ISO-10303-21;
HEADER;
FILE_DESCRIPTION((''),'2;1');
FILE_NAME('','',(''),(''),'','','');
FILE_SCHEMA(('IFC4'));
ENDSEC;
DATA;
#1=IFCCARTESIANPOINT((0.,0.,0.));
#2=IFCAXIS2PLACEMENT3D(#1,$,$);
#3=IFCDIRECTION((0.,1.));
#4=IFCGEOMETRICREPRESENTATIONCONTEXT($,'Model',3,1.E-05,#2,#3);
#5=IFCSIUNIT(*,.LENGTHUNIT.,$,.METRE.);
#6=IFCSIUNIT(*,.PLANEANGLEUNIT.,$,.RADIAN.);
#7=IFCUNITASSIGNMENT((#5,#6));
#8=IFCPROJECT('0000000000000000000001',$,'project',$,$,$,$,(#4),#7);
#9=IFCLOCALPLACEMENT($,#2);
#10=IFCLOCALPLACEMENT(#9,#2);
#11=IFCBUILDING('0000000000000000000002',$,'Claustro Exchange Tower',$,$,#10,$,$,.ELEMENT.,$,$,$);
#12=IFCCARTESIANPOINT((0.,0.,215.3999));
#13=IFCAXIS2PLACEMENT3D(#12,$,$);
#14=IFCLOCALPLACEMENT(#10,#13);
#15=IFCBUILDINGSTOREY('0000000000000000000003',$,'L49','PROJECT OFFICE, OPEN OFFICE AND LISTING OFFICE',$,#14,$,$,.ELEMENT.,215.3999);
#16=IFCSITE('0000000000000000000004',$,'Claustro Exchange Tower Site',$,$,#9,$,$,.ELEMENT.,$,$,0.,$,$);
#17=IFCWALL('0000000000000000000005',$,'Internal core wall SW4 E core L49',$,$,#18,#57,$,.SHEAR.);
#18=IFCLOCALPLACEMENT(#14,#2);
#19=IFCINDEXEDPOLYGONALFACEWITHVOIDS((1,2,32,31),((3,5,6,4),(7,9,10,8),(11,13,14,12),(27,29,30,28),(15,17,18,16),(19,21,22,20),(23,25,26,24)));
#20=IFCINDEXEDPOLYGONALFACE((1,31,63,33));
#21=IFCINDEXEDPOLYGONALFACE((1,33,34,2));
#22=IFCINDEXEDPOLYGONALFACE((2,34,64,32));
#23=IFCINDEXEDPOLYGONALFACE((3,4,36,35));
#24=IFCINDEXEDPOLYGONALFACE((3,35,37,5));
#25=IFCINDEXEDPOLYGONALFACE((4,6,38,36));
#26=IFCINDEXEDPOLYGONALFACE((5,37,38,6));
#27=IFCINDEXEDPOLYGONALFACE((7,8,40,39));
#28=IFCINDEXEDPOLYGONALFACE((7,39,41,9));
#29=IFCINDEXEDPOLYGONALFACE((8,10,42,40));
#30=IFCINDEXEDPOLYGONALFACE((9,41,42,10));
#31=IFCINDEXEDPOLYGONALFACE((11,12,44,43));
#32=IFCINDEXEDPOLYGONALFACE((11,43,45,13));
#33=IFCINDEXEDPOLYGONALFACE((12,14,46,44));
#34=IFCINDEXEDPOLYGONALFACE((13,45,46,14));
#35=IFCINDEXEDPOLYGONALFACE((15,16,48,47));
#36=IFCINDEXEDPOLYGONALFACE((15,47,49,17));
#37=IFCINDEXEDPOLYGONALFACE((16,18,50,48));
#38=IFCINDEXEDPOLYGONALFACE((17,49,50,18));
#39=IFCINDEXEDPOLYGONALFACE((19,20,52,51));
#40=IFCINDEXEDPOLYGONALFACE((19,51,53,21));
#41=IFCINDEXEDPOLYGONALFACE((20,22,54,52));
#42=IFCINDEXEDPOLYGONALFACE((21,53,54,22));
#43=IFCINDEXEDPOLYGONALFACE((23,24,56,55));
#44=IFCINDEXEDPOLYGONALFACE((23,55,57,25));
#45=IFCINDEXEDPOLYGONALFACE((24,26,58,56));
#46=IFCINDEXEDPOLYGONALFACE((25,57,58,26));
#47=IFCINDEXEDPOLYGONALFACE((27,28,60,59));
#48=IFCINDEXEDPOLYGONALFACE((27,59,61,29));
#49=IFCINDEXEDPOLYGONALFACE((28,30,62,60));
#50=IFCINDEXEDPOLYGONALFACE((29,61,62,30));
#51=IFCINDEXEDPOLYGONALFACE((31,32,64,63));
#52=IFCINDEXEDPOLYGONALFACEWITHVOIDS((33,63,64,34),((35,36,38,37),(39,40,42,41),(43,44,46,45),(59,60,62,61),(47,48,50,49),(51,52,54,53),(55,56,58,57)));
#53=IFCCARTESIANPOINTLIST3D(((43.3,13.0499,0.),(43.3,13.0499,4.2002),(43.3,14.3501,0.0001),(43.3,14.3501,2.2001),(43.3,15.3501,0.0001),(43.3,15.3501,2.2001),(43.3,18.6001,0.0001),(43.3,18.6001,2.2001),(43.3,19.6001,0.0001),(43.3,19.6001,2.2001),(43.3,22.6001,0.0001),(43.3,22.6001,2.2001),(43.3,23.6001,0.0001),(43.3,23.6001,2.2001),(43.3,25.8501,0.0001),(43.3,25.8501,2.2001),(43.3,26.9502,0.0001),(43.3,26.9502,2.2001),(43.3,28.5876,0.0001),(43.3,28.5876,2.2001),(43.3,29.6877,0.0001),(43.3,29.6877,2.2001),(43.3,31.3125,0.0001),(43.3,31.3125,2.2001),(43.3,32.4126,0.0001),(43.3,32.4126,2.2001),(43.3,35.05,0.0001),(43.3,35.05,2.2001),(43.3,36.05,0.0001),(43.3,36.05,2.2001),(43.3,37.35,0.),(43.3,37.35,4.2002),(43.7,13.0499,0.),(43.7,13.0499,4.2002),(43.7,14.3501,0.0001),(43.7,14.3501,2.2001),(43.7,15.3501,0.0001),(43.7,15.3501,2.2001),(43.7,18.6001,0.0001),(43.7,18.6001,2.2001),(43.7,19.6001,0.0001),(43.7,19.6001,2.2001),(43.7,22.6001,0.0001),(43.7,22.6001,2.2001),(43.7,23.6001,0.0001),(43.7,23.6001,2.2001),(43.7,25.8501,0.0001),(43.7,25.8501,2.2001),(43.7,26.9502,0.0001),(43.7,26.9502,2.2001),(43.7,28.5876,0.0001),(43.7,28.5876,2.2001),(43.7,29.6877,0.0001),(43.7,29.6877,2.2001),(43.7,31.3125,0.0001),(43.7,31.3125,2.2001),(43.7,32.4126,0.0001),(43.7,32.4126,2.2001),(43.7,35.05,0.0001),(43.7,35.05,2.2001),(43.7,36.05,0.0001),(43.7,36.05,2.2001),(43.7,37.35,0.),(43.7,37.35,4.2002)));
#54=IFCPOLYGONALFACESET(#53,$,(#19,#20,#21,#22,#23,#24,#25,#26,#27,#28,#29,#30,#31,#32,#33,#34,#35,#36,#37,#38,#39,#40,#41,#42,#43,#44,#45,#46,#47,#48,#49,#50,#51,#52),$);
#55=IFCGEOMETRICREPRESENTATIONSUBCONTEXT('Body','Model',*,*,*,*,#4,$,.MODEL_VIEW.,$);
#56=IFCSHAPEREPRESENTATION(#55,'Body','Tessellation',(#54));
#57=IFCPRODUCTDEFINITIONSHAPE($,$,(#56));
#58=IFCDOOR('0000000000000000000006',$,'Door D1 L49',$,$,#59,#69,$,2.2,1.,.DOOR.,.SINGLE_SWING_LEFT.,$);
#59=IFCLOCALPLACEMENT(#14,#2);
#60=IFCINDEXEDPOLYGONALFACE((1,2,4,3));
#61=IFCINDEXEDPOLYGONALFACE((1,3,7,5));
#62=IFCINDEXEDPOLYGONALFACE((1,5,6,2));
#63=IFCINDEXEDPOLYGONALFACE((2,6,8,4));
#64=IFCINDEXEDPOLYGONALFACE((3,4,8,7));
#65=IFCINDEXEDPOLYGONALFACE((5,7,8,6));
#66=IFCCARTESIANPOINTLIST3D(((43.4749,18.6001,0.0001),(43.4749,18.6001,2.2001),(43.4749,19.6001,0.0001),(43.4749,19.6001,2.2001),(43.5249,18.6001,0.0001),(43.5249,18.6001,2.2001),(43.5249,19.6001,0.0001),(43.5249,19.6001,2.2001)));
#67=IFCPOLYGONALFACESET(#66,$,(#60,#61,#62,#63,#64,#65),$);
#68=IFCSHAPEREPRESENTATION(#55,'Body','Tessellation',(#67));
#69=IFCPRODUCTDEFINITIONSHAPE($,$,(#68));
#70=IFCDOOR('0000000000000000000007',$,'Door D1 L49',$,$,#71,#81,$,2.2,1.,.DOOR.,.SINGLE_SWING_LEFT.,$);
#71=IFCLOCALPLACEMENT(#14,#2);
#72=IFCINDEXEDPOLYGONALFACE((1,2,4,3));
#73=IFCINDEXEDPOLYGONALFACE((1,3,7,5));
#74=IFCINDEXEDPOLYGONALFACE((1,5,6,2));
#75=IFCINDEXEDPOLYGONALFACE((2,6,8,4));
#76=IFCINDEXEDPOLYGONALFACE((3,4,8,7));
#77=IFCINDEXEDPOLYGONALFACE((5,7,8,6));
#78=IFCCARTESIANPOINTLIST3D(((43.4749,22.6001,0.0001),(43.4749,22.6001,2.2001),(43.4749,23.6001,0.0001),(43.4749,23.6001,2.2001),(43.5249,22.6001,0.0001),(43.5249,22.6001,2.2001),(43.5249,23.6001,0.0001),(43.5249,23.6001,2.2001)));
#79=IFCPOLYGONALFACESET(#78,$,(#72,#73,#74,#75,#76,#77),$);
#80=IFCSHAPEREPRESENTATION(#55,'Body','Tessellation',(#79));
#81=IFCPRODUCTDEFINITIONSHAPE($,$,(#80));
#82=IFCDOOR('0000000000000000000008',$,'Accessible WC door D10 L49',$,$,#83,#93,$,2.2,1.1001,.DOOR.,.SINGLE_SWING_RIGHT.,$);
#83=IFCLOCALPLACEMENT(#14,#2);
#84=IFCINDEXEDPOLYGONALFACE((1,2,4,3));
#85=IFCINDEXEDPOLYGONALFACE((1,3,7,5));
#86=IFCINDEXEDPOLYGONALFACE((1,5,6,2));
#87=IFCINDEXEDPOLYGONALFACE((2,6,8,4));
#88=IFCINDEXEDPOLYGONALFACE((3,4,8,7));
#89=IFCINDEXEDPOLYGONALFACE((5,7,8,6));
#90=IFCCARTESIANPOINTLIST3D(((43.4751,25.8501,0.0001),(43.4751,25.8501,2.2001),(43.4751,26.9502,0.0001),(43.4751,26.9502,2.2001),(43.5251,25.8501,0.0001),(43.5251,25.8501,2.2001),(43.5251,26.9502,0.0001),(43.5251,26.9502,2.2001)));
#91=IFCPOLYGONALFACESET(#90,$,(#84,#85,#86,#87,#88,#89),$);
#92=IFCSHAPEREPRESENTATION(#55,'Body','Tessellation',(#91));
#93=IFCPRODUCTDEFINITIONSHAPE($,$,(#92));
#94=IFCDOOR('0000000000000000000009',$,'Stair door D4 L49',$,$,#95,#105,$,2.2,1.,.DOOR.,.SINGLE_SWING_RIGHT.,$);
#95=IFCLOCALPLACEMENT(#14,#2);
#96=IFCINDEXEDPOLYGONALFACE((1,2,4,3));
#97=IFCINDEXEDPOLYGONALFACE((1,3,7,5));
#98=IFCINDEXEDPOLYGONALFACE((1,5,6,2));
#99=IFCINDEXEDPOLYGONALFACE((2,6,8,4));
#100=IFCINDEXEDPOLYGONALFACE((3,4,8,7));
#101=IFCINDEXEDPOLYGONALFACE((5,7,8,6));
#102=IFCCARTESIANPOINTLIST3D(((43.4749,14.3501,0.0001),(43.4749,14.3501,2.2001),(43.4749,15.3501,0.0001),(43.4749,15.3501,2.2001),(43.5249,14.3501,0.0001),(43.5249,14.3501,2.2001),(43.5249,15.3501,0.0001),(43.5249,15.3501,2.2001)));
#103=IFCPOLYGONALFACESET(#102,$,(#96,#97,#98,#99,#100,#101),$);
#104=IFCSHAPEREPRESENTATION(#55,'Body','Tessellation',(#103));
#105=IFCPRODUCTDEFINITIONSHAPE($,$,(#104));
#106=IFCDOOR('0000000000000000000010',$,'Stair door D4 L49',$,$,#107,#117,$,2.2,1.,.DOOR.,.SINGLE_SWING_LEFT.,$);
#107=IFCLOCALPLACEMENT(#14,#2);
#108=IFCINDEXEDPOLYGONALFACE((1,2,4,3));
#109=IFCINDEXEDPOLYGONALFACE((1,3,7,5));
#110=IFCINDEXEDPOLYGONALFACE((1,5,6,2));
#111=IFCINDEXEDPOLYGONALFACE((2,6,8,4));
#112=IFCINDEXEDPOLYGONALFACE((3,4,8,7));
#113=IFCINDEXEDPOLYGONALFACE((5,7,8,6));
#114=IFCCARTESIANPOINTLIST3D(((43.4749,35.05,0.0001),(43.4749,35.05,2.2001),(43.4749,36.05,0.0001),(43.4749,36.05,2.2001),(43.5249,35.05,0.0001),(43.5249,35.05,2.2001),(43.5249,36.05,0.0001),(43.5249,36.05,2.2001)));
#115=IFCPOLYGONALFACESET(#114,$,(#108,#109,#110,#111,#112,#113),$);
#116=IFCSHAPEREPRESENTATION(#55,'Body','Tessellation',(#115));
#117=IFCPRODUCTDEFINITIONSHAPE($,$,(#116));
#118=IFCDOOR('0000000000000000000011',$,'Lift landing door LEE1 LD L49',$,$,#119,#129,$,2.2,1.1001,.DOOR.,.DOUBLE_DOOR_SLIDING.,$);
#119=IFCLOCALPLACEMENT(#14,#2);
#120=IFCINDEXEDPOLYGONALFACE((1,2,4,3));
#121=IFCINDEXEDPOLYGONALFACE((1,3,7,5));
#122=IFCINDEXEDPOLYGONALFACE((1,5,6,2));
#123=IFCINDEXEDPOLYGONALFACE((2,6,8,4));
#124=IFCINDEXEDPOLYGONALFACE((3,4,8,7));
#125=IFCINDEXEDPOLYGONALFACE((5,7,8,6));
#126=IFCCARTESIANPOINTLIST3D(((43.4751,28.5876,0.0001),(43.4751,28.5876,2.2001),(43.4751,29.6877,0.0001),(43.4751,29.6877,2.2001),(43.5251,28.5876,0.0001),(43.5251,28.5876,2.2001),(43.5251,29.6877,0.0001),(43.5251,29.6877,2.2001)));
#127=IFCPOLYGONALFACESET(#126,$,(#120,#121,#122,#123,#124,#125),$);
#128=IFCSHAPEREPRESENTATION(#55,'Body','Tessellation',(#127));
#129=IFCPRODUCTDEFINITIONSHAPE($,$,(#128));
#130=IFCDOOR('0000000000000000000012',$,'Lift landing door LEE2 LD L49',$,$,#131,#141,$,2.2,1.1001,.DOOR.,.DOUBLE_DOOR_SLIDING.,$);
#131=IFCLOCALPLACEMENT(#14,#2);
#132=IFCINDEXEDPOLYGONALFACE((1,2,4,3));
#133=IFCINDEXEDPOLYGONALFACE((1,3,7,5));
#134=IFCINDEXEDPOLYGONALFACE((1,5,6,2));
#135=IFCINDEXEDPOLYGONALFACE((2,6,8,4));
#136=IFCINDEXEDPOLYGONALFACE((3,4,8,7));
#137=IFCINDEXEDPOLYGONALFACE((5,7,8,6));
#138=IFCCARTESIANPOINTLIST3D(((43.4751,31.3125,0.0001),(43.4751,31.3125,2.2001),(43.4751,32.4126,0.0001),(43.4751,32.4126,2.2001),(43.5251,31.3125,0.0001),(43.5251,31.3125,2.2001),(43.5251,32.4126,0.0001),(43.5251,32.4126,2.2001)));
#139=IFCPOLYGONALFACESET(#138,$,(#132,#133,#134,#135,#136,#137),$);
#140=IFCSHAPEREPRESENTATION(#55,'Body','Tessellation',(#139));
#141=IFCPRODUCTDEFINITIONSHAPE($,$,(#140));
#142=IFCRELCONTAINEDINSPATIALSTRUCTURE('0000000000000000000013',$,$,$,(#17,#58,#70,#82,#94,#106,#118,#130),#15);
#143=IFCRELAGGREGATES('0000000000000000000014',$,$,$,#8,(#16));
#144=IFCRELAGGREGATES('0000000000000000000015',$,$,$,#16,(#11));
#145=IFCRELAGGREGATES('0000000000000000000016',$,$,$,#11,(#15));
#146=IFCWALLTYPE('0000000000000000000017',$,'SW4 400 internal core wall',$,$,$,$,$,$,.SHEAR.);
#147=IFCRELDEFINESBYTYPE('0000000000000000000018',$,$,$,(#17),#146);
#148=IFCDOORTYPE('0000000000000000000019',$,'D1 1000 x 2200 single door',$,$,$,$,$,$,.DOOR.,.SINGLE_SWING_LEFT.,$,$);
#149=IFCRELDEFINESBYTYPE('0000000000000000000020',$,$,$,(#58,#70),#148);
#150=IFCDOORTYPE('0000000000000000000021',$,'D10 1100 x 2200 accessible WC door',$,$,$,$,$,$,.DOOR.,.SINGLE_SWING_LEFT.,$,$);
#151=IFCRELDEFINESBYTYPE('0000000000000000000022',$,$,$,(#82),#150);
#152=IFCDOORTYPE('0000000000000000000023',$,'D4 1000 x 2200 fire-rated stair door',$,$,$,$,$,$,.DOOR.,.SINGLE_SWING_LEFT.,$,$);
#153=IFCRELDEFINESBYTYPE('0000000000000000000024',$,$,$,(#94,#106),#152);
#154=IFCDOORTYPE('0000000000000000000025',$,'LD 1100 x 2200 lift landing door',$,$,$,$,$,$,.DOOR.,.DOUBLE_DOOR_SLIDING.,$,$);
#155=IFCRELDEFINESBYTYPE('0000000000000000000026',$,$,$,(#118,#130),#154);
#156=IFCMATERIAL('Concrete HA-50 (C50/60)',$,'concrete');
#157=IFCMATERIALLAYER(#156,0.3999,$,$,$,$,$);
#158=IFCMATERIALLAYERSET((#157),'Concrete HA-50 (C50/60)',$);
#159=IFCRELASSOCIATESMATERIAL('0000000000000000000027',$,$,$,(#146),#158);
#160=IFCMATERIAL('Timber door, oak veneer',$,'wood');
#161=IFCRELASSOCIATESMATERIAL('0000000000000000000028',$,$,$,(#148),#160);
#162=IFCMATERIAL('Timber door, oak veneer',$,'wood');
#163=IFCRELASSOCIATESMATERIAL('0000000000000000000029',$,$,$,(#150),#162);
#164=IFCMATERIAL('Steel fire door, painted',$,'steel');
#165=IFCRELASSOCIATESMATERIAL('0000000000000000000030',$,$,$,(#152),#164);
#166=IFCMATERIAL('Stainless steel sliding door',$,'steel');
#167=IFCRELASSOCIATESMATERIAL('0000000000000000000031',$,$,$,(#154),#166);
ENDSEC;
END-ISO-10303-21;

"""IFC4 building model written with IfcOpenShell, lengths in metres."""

from ifc_helpers import new_model, si_unit, direction, frame, frame_2d, origin, place, context, subcontext, project, spatial, rectangle, extrude, material, layer, layer_set, type_object, element, fill, save


model = new_model("IFC4")

# Units and contexts
model_context = context("Model", 3, precision=1e-05, world=origin(), true_north=direction((0.0, 1.0)))
body_context = subcontext(model_context, "Body", "Model", "MODEL_VIEW")
ifc_project = project(units=[si_unit("LENGTHUNIT", "METRE"), si_unit("PLANEANGLEUNIT", "RADIAN")], contexts=[model_context])

# Site, building, storey
site_placement = place(None, origin())
site = spatial("IfcSite", under=ifc_project, at=site_placement, Name="Claustro Exchange Tower Site", CompositionType="ELEMENT", RefElevation=0.0)
building_placement = place(site_placement, origin())
building = spatial("IfcBuilding", under=site, at=building_placement, Name="Claustro Exchange Tower", CompositionType="ELEMENT")
storey_placement = place(building_placement, frame((0.0, 0.0, 215.3999)))
storey = spatial("IfcBuildingStorey", under=building, at=storey_placement, Name="L49", Description="PROJECT OFFICE, OPEN OFFICE AND LISTING OFFICE", CompositionType="ELEMENT", Elevation=215.3999)

# Wall, openings, doors
ifc_material_1 = material(Name="Concrete HA-50 (C50/60)", Category="concrete")
ifc_layer_1 = layer(ifc_material_1, 0.3999)
ifc_layer_set_1 = layer_set([ifc_layer_1], Name="Concrete HA-50 (C50/60)")
wall_type_1 = type_object("IfcWallType", Name="SW4 400 internal core wall", PredefinedType="SHEAR", material=ifc_layer_set_1)
wall_1_placement = place(storey_placement, frame((43.5, 13.05, 0.0), z_axis=(0.0, 0.0, 1.0), x_axis=(0.0, 1.0, 0.0)))
wall_1 = element("IfcWall", 1, at=wall_1_placement, inside=storey, type_object=wall_type_1, Name="Internal core wall SW4 E core L49", PredefinedType="SHEAR", context=body_context, shape_type="SweptSolid", body=[
    extrude(rectangle(XDim=24.3, YDim=0.3999, at=frame_2d((12.1499, 0.0))), origin(), (0.0, 0.0, 1.0), 4.2002),
])
opening_1_placement = place(wall_1_placement, frame((1.3, 0.0, 0.0)))
opening_1 = element("IfcOpeningElement", 2, at=opening_1_placement, cuts=wall_1, PredefinedType="OPENING", context=body_context, shape_type="SweptSolid", body=[
    extrude(rectangle(XDim=1.0, YDim=2.2, at=frame_2d((0.5, 1.1001))), frame((0.0, 0.21, 0.0), z_axis=(0.0, -1.0, 0.0), x_axis=(1.0, 0.0, 0.0)), (0.0, 0.0, 1.0), 0.4199),
])
opening_2_placement = place(wall_1_placement, frame((22.0, 0.0, 0.0)))
opening_2 = element("IfcOpeningElement", 3, at=opening_2_placement, cuts=wall_1, PredefinedType="OPENING", context=body_context, shape_type="SweptSolid", body=[
    extrude(rectangle(XDim=1.0, YDim=2.2, at=frame_2d((0.5, 1.1001))), frame((0.0, 0.21, 0.0), z_axis=(0.0, -1.0, 0.0), x_axis=(1.0, 0.0, 0.0)), (0.0, 0.0, 1.0), 0.4199),
])
opening_3_placement = place(wall_1_placement, frame((5.55, 0.0, 0.0)))
opening_3 = element("IfcOpeningElement", 4, at=opening_3_placement, cuts=wall_1, PredefinedType="OPENING", context=body_context, shape_type="SweptSolid", body=[
    extrude(rectangle(XDim=1.0, YDim=2.2, at=frame_2d((0.5, 1.1001))), frame((0.0, 0.21, 0.0), z_axis=(0.0, -1.0, 0.0), x_axis=(1.0, 0.0, 0.0)), (0.0, 0.0, 1.0), 0.4199),
])
opening_4_placement = place(wall_1_placement, frame((9.55, 0.0, 0.0)))
opening_4 = element("IfcOpeningElement", 5, at=opening_4_placement, cuts=wall_1, PredefinedType="OPENING", context=body_context, shape_type="SweptSolid", body=[
    extrude(rectangle(XDim=1.0, YDim=2.2, at=frame_2d((0.5, 1.1001))), frame((0.0, 0.21, 0.0), z_axis=(0.0, -1.0, 0.0), x_axis=(1.0, 0.0, 0.0)), (0.0, 0.0, 1.0), 0.4199),
])
opening_5_placement = place(wall_1_placement, frame((12.8, 0.0, 0.0)))
opening_5 = element("IfcOpeningElement", 6, at=opening_5_placement, cuts=wall_1, PredefinedType="OPENING", context=body_context, shape_type="SweptSolid", body=[
    extrude(rectangle(XDim=1.1001, YDim=2.2, at=frame_2d((0.55, 1.1001))), frame((0.0, 0.21, 0.0), z_axis=(0.0, -1.0, 0.0), x_axis=(1.0, 0.0, 0.0)), (0.0, 0.0, 1.0), 0.4199),
])
opening_6_placement = place(wall_1_placement, frame((15.5376, 0.0, 0.0)))
opening_6 = element("IfcOpeningElement", 7, at=opening_6_placement, cuts=wall_1, PredefinedType="OPENING", context=body_context, shape_type="SweptSolid", body=[
    extrude(rectangle(XDim=1.1001, YDim=2.2, at=frame_2d((0.55, 1.1001))), frame((0.0, 0.21, 0.0), z_axis=(0.0, -1.0, 0.0), x_axis=(1.0, 0.0, 0.0)), (0.0, 0.0, 1.0), 0.4199),
])
opening_7_placement = place(wall_1_placement, frame((18.2625, 0.0, 0.0)))
opening_7 = element("IfcOpeningElement", 8, at=opening_7_placement, cuts=wall_1, PredefinedType="OPENING", context=body_context, shape_type="SweptSolid", body=[
    extrude(rectangle(XDim=1.1001, YDim=2.2, at=frame_2d((0.55, 1.1001))), frame((0.0, 0.21, 0.0), z_axis=(0.0, -1.0, 0.0), x_axis=(1.0, 0.0, 0.0)), (0.0, 0.0, 1.0), 0.4199),
])
ifc_material_2 = material(Name="Timber door, oak veneer", Category="wood")
door_type_1 = type_object("IfcDoorType", Name="D1 1000 x 2200 single door", OperationType="SINGLE_SWING_LEFT", PredefinedType="DOOR", material=ifc_material_2)
door_1_placement = place(opening_3_placement, frame((1.0, 0.0, 0.0), z_axis=(0.0, 0.0, 1.0), x_axis=(-1.0, 0.0, 0.0)))
door_1 = element("IfcDoor", 9, at=door_1_placement, inside=storey, type_object=door_type_1, Name="Door D1 L49", OperationType="SINGLE_SWING_LEFT", OverallHeight=2.2, OverallWidth=1.0, PredefinedType="DOOR", context=body_context, shape_type="SweptSolid", body=[
    extrude(rectangle(XDim=1.0, YDim=2.2, at=frame_2d((0.5, 1.1001))), frame((0.0, 0.0249, 0.0), z_axis=(0.0, -1.0, 0.0), x_axis=(1.0, 0.0, 0.0)), (0.0, 0.0, 1.0), 0.05),
])
fill(opening_3, door_1)
door_2_placement = place(opening_4_placement, frame((1.0, 0.0, 0.0), z_axis=(0.0, 0.0, 1.0), x_axis=(-1.0, 0.0, 0.0)))
door_2 = element("IfcDoor", 10, at=door_2_placement, inside=storey, type_object=door_type_1, Name="Door D1 L49", OperationType="SINGLE_SWING_LEFT", OverallHeight=2.2, OverallWidth=1.0, PredefinedType="DOOR", context=body_context, shape_type="SweptSolid", body=[
    extrude(rectangle(XDim=1.0, YDim=2.2, at=frame_2d((0.5, 1.1001))), frame((0.0, 0.0249, 0.0), z_axis=(0.0, -1.0, 0.0), x_axis=(1.0, 0.0, 0.0)), (0.0, 0.0, 1.0), 0.05),
])
fill(opening_4, door_2)
ifc_material_3 = material(Name="Timber door, oak veneer", Category="wood")
door_type_2 = type_object("IfcDoorType", Name="D10 1100 x 2200 accessible WC door", OperationType="SINGLE_SWING_LEFT", PredefinedType="DOOR", material=ifc_material_3)
door_3_placement = place(opening_5_placement, origin())
door_3 = element("IfcDoor", 11, at=door_3_placement, inside=storey, type_object=door_type_2, Name="Accessible WC door D10 L49", OperationType="SINGLE_SWING_RIGHT", OverallHeight=2.2, OverallWidth=1.1001, PredefinedType="DOOR", context=body_context, shape_type="SweptSolid", body=[
    extrude(rectangle(XDim=1.1001, YDim=2.2, at=frame_2d((0.55, 1.1001))), frame((0.0, 0.0249, 0.0), z_axis=(0.0, -1.0, 0.0), x_axis=(1.0, 0.0, 0.0)), (0.0, 0.0, 1.0), 0.05),
])
fill(opening_5, door_3)
ifc_material_4 = material(Name="Steel fire door, painted", Category="steel")
door_type_3 = type_object("IfcDoorType", Name="D4 1000 x 2200 fire-rated stair door", OperationType="SINGLE_SWING_LEFT", PredefinedType="DOOR", material=ifc_material_4)
door_4_placement = place(opening_1_placement, frame((1.0, 0.0, 0.0), z_axis=(0.0, 0.0, 1.0), x_axis=(-1.0, 0.0, 0.0)))
door_4 = element("IfcDoor", 12, at=door_4_placement, inside=storey, type_object=door_type_3, Name="Stair door D4 L49", OperationType="SINGLE_SWING_RIGHT", OverallHeight=2.2, OverallWidth=1.0, PredefinedType="DOOR", context=body_context, shape_type="SweptSolid", body=[
    extrude(rectangle(XDim=1.0, YDim=2.2, at=frame_2d((0.5, 1.1001))), frame((0.0, 0.0249, 0.0), z_axis=(0.0, -1.0, 0.0), x_axis=(1.0, 0.0, 0.0)), (0.0, 0.0, 1.0), 0.05),
])
fill(opening_1, door_4)
door_5_placement = place(opening_2_placement, frame((1.0, 0.0, 0.0), z_axis=(0.0, 0.0, 1.0), x_axis=(-1.0, 0.0, 0.0)))
door_5 = element("IfcDoor", 13, at=door_5_placement, inside=storey, type_object=door_type_3, Name="Stair door D4 L49", OperationType="SINGLE_SWING_LEFT", OverallHeight=2.2, OverallWidth=1.0, PredefinedType="DOOR", context=body_context, shape_type="SweptSolid", body=[
    extrude(rectangle(XDim=1.0, YDim=2.2, at=frame_2d((0.5, 1.1001))), frame((0.0, 0.0249, 0.0), z_axis=(0.0, -1.0, 0.0), x_axis=(1.0, 0.0, 0.0)), (0.0, 0.0, 1.0), 0.05),
])
fill(opening_2, door_5)
ifc_material_5 = material(Name="Stainless steel sliding door", Category="steel")
door_type_4 = type_object("IfcDoorType", Name="LD 1100 x 2200 lift landing door", OperationType="DOUBLE_DOOR_SLIDING", PredefinedType="DOOR", material=ifc_material_5)
door_6_placement = place(opening_6_placement, origin())
door_6 = element("IfcDoor", 14, at=door_6_placement, inside=storey, type_object=door_type_4, Name="Lift landing door LEE1 LD L49", OperationType="DOUBLE_DOOR_SLIDING", OverallHeight=2.2, OverallWidth=1.1001, PredefinedType="DOOR", context=body_context, shape_type="SweptSolid", body=[
    extrude(rectangle(XDim=1.1001, YDim=2.2, at=frame_2d((0.55, 1.1001))), frame((0.0, 0.0249, 0.0), z_axis=(0.0, -1.0, 0.0), x_axis=(1.0, 0.0, 0.0)), (0.0, 0.0, 1.0), 0.05),
])
fill(opening_6, door_6)
door_7_placement = place(opening_7_placement, origin())
door_7 = element("IfcDoor", 15, at=door_7_placement, inside=storey, type_object=door_type_4, Name="Lift landing door LEE2 LD L49", OperationType="DOUBLE_DOOR_SLIDING", OverallHeight=2.2, OverallWidth=1.1001, PredefinedType="DOOR", context=body_context, shape_type="SweptSolid", body=[
    extrude(rectangle(XDim=1.1001, YDim=2.2, at=frame_2d((0.55, 1.1001))), frame((0.0, 0.0249, 0.0), z_axis=(0.0, -1.0, 0.0), x_axis=(1.0, 0.0, 0.0)), (0.0, 0.0, 1.0), 0.05),
])
fill(opening_7, door_7)

save(model, "model.ifc")
